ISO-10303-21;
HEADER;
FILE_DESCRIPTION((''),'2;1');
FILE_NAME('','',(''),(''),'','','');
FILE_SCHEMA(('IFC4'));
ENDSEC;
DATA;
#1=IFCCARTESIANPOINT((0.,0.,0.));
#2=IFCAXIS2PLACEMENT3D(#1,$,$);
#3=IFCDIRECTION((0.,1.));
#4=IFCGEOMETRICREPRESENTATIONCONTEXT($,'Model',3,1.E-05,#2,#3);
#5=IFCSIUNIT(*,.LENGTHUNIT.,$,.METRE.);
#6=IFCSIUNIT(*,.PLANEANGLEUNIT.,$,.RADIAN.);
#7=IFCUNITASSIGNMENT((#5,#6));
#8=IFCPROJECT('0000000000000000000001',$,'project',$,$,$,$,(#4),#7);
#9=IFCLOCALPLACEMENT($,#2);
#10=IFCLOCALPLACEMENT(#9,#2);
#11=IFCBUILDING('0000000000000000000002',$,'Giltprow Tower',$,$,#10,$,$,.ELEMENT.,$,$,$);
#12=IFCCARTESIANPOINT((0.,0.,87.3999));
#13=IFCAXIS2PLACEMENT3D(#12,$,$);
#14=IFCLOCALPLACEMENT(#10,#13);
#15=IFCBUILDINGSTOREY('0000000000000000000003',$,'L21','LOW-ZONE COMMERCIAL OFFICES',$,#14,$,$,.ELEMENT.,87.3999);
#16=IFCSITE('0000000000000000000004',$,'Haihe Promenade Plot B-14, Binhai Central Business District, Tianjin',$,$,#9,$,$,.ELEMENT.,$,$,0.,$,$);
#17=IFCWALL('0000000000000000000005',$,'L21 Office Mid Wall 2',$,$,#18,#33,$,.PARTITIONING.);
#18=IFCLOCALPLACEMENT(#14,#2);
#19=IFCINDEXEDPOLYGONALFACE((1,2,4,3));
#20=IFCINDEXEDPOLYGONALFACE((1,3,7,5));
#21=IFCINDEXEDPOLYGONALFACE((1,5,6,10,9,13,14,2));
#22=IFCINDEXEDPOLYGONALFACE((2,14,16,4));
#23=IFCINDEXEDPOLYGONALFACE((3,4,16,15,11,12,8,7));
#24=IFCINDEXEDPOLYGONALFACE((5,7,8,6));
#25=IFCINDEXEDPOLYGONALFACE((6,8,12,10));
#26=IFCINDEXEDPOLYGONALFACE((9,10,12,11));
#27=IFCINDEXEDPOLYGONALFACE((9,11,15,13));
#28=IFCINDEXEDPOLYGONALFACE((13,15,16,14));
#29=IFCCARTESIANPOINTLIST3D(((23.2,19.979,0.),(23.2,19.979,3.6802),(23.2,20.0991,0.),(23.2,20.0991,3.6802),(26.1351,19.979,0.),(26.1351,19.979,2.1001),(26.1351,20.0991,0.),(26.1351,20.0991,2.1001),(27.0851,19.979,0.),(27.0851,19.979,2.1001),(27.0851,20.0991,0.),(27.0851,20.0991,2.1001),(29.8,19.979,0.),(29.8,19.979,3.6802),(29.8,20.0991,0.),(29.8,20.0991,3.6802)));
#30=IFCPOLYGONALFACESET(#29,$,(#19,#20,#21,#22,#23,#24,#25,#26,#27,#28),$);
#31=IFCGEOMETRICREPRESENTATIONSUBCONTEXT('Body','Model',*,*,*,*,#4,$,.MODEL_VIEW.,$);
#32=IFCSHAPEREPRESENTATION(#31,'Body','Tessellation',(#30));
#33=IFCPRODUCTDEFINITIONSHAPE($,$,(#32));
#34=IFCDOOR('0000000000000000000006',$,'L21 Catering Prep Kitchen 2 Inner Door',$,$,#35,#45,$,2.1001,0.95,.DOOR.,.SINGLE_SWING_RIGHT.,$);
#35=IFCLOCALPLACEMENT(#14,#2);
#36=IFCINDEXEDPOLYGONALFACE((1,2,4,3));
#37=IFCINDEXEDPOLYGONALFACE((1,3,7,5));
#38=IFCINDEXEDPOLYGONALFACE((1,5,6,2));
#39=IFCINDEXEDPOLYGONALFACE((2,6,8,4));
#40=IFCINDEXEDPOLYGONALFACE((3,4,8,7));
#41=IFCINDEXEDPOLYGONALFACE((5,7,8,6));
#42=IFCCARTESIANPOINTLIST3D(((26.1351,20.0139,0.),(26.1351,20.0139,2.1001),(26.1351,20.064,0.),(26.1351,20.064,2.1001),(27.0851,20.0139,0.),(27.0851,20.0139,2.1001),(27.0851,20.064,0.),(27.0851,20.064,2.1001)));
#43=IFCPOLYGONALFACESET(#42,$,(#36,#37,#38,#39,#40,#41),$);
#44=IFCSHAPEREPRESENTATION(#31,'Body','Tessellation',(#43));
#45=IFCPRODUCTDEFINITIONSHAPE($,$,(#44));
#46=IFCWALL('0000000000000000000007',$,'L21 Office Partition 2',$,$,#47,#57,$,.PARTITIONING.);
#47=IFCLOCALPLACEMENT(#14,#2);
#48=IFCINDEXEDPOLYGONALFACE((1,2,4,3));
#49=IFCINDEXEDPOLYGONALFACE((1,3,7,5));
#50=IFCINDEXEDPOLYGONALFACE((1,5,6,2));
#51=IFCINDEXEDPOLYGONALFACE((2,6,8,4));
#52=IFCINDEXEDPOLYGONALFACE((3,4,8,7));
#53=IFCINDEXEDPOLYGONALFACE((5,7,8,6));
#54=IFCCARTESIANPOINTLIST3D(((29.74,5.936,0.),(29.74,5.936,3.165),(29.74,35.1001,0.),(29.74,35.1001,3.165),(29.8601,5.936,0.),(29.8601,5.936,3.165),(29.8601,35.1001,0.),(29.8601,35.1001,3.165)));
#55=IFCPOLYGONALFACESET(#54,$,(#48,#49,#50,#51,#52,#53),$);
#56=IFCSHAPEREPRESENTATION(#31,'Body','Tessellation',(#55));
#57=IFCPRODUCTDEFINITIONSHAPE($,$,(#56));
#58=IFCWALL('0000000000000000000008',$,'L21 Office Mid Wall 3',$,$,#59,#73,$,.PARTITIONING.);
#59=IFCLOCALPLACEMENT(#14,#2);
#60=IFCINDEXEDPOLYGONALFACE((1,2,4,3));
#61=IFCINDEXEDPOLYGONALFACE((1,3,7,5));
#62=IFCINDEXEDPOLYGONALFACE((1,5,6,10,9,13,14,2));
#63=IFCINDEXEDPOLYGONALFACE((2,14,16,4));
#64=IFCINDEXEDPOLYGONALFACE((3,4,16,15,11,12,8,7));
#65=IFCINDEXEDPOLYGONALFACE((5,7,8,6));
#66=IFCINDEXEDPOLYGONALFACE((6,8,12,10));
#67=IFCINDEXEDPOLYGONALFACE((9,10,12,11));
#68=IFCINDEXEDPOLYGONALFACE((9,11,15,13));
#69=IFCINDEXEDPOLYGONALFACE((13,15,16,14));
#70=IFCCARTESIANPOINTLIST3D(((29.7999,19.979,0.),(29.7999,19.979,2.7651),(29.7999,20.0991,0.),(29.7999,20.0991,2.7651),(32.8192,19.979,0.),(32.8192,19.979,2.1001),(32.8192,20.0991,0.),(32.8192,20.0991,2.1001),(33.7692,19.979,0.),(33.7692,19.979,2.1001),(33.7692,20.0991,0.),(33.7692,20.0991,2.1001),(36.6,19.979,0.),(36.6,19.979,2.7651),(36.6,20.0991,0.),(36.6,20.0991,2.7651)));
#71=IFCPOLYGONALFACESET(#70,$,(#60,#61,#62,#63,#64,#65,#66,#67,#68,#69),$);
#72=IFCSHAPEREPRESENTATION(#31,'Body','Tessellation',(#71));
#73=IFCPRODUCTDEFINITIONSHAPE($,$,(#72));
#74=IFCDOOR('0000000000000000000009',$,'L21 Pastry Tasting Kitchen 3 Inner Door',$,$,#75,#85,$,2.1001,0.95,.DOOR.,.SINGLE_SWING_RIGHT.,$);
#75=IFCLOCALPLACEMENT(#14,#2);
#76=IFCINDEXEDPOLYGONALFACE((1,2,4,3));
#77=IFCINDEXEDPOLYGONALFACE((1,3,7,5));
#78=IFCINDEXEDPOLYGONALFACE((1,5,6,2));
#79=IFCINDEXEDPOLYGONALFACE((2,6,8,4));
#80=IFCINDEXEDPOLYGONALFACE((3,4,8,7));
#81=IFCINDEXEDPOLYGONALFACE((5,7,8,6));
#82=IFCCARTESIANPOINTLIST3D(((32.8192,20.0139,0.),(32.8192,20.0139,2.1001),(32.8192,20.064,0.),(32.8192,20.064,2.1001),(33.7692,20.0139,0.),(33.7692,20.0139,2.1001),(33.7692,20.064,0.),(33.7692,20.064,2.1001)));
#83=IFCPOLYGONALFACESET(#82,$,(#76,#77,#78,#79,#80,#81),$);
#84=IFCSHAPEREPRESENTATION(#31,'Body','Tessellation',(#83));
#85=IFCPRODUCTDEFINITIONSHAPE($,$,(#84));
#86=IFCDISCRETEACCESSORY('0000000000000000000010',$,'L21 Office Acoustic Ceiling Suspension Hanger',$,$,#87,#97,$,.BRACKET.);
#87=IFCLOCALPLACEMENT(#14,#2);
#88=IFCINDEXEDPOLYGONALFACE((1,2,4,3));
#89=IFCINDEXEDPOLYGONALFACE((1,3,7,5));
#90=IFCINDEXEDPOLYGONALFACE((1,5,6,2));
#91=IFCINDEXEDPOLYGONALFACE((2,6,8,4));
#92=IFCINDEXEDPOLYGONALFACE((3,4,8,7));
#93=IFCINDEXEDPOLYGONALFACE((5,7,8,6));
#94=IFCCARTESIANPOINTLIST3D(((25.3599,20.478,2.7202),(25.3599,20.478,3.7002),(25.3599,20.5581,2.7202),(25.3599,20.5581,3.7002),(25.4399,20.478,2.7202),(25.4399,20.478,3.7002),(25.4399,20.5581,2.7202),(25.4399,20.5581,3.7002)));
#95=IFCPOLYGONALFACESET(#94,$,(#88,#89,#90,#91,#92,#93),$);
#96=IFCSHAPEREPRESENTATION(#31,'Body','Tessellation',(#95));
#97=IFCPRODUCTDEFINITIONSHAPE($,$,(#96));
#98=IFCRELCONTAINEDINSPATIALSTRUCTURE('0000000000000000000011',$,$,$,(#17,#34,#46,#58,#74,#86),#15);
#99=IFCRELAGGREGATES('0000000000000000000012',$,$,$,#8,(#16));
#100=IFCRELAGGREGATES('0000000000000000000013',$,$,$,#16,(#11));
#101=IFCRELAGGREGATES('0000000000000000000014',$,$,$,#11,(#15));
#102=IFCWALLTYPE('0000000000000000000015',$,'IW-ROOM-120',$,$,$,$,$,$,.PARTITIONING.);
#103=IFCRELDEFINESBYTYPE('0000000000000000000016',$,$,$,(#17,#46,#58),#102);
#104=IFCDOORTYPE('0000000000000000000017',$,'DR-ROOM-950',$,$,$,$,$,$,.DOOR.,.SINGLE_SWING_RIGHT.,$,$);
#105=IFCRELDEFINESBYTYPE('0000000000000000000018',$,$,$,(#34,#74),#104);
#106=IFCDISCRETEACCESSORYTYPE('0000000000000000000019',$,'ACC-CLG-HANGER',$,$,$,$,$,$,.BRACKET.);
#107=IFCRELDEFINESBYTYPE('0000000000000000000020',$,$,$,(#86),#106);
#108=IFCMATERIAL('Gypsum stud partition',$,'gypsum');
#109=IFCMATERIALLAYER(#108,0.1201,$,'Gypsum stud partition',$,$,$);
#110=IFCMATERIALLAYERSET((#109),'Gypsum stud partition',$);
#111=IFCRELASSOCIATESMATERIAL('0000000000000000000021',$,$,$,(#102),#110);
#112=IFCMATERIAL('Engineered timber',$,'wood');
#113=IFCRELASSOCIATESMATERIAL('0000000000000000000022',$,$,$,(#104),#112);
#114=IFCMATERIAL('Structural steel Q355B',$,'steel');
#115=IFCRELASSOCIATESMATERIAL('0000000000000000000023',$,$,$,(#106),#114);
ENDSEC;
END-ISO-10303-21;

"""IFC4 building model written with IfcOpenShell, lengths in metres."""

from ifc_helpers import new_model, si_unit, direction, frame, frame_2d, origin, origin_2d, place, context, subcontext, project, spatial, rectangle, extrude, source, transform, mapped, material, layer, layer_set, type_object, element, fill, save


model = new_model("IFC4")

# Units and contexts
model_context = context("Model", 3, precision=1e-05, world=origin(), true_north=direction((0.0, 1.0)))
body_context = subcontext(model_context, "Body", "Model", "MODEL_VIEW")
ifc_project = project(units=[si_unit("LENGTHUNIT", "METRE"), si_unit("PLANEANGLEUNIT", "RADIAN")], contexts=[model_context])

# Site, building, storey
site_placement = place(None, origin())
site = spatial("IfcSite", under=ifc_project, at=site_placement, Name="Haihe Promenade Plot B-14, Binhai Central Business District, Tianjin", CompositionType="ELEMENT", RefElevation=0.0)
building_placement = place(site_placement, origin())
building = spatial("IfcBuilding", under=site, at=building_placement, Name="Giltprow Tower", CompositionType="ELEMENT")
storey_placement = place(building_placement, frame((0.0, 0.0, 87.3999)))
storey = spatial("IfcBuildingStorey", under=building, at=storey_placement, Name="L21", Description="LOW-ZONE COMMERCIAL OFFICES", CompositionType="ELEMENT", Elevation=87.3999)

# Shared definitions
ifc_material_1 = material(Name="Structural steel Q355B", Category="steel")

# Shared definitions
ifc_material_2 = material(Name="Gypsum stud partition", Category="gypsum")
ifc_layer_1 = layer(ifc_material_2, 0.1201, Name="Gypsum stud partition")
ifc_layer_set_1 = layer_set([ifc_layer_1], Name="Gypsum stud partition")
wall_type_1 = type_object("IfcWallType", Name="IW-ROOM-120", PredefinedType="PARTITIONING", material=ifc_layer_set_1)

# Wall, opening, door
wall_1_placement = place(storey_placement, frame((23.2, 20.0391, 0.0), z_axis=(0.0, 0.0, 1.0), x_axis=(1.0, 0.0, 0.0)))
wall_1 = element("IfcWall", 1, at=wall_1_placement, inside=storey, type_object=wall_type_1, Name="L21 Office Mid Wall 2", PredefinedType="PARTITIONING", context=body_context, shape_type="SweptSolid", body=[
    extrude(rectangle(XDim=6.6001, YDim=0.1201, at=frame_2d((3.3, 0.0))), origin(), (0.0, 0.0, 1.0), 3.6802),
])
opening_1_placement = place(wall_1_placement, frame((2.9351, 0.0, 0.0)))
opening_1 = element("IfcOpeningElement", 2, at=opening_1_placement, cuts=wall_1, PredefinedType="OPENING", context=body_context, shape_type="SweptSolid", body=[
    extrude(rectangle(XDim=0.95, YDim=2.1001, at=frame_2d((0.4751, 1.05))), frame((0.0, 0.0701, 0.0), z_axis=(0.0, -1.0, 0.0), x_axis=(1.0, 0.0, 0.0)), (0.0, 0.0, 1.0), 0.1401),
])
ifc_material_3 = material(Name="Engineered timber", Category="wood")
door_type_1 = type_object("IfcDoorType", Name="DR-ROOM-950", OperationType="SINGLE_SWING_RIGHT", PredefinedType="DOOR", material=ifc_material_3)
shared_shape_1 = source(origin(), body_context, "Body", "SweptSolid", [
    extrude(rectangle(XDim=0.95, YDim=2.1001, at=frame_2d((0.4751, 1.05))), frame((0.0, 0.0249, 0.0), z_axis=(0.0, -1.0, 0.0), x_axis=(1.0, 0.0, 0.0)), (0.0, 0.0, 1.0), 0.05),
])
door_1_placement = place(opening_1_placement, origin())
door_1 = element("IfcDoor", 3, at=door_1_placement, inside=storey, type_object=door_type_1, Name="L21 Catering Prep Kitchen 2 Inner Door", OperationType="SINGLE_SWING_RIGHT", OverallHeight=2.1001, OverallWidth=0.95, PredefinedType="DOOR", context=body_context, shape_type="MappedRepresentation", body=[
    mapped(shared_shape_1, transform((0.0, 0.0, 0.0), x_axis=(1.0, 0.0, 0.0), y_axis=(0.0, 1.0, 0.0), z_axis=(0.0, 0.0, 1.0), scale=1.0)),
])
fill(opening_1, door_1)

# Wall
wall_2_placement = place(storey_placement, frame((29.8, 5.936, 0.0), z_axis=(0.0, 0.0, 1.0), x_axis=(0.0, 1.0, 0.0)))
element("IfcWall", 4, at=wall_2_placement, inside=storey, type_object=wall_type_1, Name="L21 Office Partition 2", PredefinedType="PARTITIONING", context=body_context, shape_type="SweptSolid", body=[
    extrude(rectangle(XDim=29.1641, YDim=0.1201, at=frame_2d((14.582, 0.0))), origin(), (0.0, 0.0, 1.0), 3.165),
])

# Wall, opening, door
wall_3_placement = place(storey_placement, frame((29.8, 20.0391, 0.0), z_axis=(0.0, 0.0, 1.0), x_axis=(1.0, 0.0, 0.0)))
wall_3 = element("IfcWall", 5, at=wall_3_placement, inside=storey, type_object=wall_type_1, Name="L21 Office Mid Wall 3", PredefinedType="PARTITIONING", context=body_context, shape_type="SweptSolid", body=[
    extrude(rectangle(XDim=6.8, YDim=0.1201, at=frame_2d((3.3999, 0.0))), origin(), (0.0, 0.0, 1.0), 2.7651),
])
opening_2_placement = place(wall_3_placement, frame((3.019, 0.0, 0.0)))
opening_2 = element("IfcOpeningElement", 6, at=opening_2_placement, cuts=wall_3, PredefinedType="OPENING", context=body_context, shape_type="SweptSolid", body=[
    extrude(rectangle(XDim=0.95, YDim=2.1001, at=frame_2d((0.4751, 1.05))), frame((0.0, 0.0701, 0.0), z_axis=(0.0, -1.0, 0.0), x_axis=(1.0, 0.0, 0.0)), (0.0, 0.0, 1.0), 0.1401),
])
door_2_placement = place(opening_2_placement, origin())
door_2 = element("IfcDoor", 7, at=door_2_placement, inside=storey, type_object=door_type_1, Name="L21 Pastry Tasting Kitchen 3 Inner Door", OperationType="SINGLE_SWING_RIGHT", OverallHeight=2.1001, OverallWidth=0.95, PredefinedType="DOOR", context=body_context, shape_type="MappedRepresentation", body=[
    mapped(shared_shape_1, transform((0.0, 0.0, 0.0), x_axis=(1.0, 0.0, 0.0), y_axis=(0.0, 1.0, 0.0), z_axis=(0.0, 0.0, 1.0), scale=1.0)),
])
fill(opening_2, door_2)

# Discrete accessory
discrete_accessory_type = type_object("IfcDiscreteAccessoryType", Name="ACC-CLG-HANGER", PredefinedType="BRACKET", material=ifc_material_1)
shared_shape_2 = source(origin(), body_context, "Body", "SweptSolid", [
    extrude(rectangle(XDim=0.0801, YDim=0.0801, at=origin_2d()), origin(), (0.0, 0.0, 1.0), 0.98),
])
discrete_accessory_placement = place(storey_placement, frame((25.3999, 20.5181, 2.7202), z_axis=(0.0, 0.0, 1.0), x_axis=(1.0, 0.0, 0.0)))
element("IfcDiscreteAccessory", 8, at=discrete_accessory_placement, inside=storey, type_object=discrete_accessory_type, Name="L21 Office Acoustic Ceiling Suspension Hanger", PredefinedType="BRACKET", context=body_context, shape_type="MappedRepresentation", body=[
    mapped(shared_shape_2, transform((0.0, 0.0, 0.0), x_axis=(1.0, 0.0, 0.0), y_axis=(0.0, 1.0, 0.0), z_axis=(0.0, 0.0, 1.0), scale=1.0)),
])

save(model, "model.ifc")
